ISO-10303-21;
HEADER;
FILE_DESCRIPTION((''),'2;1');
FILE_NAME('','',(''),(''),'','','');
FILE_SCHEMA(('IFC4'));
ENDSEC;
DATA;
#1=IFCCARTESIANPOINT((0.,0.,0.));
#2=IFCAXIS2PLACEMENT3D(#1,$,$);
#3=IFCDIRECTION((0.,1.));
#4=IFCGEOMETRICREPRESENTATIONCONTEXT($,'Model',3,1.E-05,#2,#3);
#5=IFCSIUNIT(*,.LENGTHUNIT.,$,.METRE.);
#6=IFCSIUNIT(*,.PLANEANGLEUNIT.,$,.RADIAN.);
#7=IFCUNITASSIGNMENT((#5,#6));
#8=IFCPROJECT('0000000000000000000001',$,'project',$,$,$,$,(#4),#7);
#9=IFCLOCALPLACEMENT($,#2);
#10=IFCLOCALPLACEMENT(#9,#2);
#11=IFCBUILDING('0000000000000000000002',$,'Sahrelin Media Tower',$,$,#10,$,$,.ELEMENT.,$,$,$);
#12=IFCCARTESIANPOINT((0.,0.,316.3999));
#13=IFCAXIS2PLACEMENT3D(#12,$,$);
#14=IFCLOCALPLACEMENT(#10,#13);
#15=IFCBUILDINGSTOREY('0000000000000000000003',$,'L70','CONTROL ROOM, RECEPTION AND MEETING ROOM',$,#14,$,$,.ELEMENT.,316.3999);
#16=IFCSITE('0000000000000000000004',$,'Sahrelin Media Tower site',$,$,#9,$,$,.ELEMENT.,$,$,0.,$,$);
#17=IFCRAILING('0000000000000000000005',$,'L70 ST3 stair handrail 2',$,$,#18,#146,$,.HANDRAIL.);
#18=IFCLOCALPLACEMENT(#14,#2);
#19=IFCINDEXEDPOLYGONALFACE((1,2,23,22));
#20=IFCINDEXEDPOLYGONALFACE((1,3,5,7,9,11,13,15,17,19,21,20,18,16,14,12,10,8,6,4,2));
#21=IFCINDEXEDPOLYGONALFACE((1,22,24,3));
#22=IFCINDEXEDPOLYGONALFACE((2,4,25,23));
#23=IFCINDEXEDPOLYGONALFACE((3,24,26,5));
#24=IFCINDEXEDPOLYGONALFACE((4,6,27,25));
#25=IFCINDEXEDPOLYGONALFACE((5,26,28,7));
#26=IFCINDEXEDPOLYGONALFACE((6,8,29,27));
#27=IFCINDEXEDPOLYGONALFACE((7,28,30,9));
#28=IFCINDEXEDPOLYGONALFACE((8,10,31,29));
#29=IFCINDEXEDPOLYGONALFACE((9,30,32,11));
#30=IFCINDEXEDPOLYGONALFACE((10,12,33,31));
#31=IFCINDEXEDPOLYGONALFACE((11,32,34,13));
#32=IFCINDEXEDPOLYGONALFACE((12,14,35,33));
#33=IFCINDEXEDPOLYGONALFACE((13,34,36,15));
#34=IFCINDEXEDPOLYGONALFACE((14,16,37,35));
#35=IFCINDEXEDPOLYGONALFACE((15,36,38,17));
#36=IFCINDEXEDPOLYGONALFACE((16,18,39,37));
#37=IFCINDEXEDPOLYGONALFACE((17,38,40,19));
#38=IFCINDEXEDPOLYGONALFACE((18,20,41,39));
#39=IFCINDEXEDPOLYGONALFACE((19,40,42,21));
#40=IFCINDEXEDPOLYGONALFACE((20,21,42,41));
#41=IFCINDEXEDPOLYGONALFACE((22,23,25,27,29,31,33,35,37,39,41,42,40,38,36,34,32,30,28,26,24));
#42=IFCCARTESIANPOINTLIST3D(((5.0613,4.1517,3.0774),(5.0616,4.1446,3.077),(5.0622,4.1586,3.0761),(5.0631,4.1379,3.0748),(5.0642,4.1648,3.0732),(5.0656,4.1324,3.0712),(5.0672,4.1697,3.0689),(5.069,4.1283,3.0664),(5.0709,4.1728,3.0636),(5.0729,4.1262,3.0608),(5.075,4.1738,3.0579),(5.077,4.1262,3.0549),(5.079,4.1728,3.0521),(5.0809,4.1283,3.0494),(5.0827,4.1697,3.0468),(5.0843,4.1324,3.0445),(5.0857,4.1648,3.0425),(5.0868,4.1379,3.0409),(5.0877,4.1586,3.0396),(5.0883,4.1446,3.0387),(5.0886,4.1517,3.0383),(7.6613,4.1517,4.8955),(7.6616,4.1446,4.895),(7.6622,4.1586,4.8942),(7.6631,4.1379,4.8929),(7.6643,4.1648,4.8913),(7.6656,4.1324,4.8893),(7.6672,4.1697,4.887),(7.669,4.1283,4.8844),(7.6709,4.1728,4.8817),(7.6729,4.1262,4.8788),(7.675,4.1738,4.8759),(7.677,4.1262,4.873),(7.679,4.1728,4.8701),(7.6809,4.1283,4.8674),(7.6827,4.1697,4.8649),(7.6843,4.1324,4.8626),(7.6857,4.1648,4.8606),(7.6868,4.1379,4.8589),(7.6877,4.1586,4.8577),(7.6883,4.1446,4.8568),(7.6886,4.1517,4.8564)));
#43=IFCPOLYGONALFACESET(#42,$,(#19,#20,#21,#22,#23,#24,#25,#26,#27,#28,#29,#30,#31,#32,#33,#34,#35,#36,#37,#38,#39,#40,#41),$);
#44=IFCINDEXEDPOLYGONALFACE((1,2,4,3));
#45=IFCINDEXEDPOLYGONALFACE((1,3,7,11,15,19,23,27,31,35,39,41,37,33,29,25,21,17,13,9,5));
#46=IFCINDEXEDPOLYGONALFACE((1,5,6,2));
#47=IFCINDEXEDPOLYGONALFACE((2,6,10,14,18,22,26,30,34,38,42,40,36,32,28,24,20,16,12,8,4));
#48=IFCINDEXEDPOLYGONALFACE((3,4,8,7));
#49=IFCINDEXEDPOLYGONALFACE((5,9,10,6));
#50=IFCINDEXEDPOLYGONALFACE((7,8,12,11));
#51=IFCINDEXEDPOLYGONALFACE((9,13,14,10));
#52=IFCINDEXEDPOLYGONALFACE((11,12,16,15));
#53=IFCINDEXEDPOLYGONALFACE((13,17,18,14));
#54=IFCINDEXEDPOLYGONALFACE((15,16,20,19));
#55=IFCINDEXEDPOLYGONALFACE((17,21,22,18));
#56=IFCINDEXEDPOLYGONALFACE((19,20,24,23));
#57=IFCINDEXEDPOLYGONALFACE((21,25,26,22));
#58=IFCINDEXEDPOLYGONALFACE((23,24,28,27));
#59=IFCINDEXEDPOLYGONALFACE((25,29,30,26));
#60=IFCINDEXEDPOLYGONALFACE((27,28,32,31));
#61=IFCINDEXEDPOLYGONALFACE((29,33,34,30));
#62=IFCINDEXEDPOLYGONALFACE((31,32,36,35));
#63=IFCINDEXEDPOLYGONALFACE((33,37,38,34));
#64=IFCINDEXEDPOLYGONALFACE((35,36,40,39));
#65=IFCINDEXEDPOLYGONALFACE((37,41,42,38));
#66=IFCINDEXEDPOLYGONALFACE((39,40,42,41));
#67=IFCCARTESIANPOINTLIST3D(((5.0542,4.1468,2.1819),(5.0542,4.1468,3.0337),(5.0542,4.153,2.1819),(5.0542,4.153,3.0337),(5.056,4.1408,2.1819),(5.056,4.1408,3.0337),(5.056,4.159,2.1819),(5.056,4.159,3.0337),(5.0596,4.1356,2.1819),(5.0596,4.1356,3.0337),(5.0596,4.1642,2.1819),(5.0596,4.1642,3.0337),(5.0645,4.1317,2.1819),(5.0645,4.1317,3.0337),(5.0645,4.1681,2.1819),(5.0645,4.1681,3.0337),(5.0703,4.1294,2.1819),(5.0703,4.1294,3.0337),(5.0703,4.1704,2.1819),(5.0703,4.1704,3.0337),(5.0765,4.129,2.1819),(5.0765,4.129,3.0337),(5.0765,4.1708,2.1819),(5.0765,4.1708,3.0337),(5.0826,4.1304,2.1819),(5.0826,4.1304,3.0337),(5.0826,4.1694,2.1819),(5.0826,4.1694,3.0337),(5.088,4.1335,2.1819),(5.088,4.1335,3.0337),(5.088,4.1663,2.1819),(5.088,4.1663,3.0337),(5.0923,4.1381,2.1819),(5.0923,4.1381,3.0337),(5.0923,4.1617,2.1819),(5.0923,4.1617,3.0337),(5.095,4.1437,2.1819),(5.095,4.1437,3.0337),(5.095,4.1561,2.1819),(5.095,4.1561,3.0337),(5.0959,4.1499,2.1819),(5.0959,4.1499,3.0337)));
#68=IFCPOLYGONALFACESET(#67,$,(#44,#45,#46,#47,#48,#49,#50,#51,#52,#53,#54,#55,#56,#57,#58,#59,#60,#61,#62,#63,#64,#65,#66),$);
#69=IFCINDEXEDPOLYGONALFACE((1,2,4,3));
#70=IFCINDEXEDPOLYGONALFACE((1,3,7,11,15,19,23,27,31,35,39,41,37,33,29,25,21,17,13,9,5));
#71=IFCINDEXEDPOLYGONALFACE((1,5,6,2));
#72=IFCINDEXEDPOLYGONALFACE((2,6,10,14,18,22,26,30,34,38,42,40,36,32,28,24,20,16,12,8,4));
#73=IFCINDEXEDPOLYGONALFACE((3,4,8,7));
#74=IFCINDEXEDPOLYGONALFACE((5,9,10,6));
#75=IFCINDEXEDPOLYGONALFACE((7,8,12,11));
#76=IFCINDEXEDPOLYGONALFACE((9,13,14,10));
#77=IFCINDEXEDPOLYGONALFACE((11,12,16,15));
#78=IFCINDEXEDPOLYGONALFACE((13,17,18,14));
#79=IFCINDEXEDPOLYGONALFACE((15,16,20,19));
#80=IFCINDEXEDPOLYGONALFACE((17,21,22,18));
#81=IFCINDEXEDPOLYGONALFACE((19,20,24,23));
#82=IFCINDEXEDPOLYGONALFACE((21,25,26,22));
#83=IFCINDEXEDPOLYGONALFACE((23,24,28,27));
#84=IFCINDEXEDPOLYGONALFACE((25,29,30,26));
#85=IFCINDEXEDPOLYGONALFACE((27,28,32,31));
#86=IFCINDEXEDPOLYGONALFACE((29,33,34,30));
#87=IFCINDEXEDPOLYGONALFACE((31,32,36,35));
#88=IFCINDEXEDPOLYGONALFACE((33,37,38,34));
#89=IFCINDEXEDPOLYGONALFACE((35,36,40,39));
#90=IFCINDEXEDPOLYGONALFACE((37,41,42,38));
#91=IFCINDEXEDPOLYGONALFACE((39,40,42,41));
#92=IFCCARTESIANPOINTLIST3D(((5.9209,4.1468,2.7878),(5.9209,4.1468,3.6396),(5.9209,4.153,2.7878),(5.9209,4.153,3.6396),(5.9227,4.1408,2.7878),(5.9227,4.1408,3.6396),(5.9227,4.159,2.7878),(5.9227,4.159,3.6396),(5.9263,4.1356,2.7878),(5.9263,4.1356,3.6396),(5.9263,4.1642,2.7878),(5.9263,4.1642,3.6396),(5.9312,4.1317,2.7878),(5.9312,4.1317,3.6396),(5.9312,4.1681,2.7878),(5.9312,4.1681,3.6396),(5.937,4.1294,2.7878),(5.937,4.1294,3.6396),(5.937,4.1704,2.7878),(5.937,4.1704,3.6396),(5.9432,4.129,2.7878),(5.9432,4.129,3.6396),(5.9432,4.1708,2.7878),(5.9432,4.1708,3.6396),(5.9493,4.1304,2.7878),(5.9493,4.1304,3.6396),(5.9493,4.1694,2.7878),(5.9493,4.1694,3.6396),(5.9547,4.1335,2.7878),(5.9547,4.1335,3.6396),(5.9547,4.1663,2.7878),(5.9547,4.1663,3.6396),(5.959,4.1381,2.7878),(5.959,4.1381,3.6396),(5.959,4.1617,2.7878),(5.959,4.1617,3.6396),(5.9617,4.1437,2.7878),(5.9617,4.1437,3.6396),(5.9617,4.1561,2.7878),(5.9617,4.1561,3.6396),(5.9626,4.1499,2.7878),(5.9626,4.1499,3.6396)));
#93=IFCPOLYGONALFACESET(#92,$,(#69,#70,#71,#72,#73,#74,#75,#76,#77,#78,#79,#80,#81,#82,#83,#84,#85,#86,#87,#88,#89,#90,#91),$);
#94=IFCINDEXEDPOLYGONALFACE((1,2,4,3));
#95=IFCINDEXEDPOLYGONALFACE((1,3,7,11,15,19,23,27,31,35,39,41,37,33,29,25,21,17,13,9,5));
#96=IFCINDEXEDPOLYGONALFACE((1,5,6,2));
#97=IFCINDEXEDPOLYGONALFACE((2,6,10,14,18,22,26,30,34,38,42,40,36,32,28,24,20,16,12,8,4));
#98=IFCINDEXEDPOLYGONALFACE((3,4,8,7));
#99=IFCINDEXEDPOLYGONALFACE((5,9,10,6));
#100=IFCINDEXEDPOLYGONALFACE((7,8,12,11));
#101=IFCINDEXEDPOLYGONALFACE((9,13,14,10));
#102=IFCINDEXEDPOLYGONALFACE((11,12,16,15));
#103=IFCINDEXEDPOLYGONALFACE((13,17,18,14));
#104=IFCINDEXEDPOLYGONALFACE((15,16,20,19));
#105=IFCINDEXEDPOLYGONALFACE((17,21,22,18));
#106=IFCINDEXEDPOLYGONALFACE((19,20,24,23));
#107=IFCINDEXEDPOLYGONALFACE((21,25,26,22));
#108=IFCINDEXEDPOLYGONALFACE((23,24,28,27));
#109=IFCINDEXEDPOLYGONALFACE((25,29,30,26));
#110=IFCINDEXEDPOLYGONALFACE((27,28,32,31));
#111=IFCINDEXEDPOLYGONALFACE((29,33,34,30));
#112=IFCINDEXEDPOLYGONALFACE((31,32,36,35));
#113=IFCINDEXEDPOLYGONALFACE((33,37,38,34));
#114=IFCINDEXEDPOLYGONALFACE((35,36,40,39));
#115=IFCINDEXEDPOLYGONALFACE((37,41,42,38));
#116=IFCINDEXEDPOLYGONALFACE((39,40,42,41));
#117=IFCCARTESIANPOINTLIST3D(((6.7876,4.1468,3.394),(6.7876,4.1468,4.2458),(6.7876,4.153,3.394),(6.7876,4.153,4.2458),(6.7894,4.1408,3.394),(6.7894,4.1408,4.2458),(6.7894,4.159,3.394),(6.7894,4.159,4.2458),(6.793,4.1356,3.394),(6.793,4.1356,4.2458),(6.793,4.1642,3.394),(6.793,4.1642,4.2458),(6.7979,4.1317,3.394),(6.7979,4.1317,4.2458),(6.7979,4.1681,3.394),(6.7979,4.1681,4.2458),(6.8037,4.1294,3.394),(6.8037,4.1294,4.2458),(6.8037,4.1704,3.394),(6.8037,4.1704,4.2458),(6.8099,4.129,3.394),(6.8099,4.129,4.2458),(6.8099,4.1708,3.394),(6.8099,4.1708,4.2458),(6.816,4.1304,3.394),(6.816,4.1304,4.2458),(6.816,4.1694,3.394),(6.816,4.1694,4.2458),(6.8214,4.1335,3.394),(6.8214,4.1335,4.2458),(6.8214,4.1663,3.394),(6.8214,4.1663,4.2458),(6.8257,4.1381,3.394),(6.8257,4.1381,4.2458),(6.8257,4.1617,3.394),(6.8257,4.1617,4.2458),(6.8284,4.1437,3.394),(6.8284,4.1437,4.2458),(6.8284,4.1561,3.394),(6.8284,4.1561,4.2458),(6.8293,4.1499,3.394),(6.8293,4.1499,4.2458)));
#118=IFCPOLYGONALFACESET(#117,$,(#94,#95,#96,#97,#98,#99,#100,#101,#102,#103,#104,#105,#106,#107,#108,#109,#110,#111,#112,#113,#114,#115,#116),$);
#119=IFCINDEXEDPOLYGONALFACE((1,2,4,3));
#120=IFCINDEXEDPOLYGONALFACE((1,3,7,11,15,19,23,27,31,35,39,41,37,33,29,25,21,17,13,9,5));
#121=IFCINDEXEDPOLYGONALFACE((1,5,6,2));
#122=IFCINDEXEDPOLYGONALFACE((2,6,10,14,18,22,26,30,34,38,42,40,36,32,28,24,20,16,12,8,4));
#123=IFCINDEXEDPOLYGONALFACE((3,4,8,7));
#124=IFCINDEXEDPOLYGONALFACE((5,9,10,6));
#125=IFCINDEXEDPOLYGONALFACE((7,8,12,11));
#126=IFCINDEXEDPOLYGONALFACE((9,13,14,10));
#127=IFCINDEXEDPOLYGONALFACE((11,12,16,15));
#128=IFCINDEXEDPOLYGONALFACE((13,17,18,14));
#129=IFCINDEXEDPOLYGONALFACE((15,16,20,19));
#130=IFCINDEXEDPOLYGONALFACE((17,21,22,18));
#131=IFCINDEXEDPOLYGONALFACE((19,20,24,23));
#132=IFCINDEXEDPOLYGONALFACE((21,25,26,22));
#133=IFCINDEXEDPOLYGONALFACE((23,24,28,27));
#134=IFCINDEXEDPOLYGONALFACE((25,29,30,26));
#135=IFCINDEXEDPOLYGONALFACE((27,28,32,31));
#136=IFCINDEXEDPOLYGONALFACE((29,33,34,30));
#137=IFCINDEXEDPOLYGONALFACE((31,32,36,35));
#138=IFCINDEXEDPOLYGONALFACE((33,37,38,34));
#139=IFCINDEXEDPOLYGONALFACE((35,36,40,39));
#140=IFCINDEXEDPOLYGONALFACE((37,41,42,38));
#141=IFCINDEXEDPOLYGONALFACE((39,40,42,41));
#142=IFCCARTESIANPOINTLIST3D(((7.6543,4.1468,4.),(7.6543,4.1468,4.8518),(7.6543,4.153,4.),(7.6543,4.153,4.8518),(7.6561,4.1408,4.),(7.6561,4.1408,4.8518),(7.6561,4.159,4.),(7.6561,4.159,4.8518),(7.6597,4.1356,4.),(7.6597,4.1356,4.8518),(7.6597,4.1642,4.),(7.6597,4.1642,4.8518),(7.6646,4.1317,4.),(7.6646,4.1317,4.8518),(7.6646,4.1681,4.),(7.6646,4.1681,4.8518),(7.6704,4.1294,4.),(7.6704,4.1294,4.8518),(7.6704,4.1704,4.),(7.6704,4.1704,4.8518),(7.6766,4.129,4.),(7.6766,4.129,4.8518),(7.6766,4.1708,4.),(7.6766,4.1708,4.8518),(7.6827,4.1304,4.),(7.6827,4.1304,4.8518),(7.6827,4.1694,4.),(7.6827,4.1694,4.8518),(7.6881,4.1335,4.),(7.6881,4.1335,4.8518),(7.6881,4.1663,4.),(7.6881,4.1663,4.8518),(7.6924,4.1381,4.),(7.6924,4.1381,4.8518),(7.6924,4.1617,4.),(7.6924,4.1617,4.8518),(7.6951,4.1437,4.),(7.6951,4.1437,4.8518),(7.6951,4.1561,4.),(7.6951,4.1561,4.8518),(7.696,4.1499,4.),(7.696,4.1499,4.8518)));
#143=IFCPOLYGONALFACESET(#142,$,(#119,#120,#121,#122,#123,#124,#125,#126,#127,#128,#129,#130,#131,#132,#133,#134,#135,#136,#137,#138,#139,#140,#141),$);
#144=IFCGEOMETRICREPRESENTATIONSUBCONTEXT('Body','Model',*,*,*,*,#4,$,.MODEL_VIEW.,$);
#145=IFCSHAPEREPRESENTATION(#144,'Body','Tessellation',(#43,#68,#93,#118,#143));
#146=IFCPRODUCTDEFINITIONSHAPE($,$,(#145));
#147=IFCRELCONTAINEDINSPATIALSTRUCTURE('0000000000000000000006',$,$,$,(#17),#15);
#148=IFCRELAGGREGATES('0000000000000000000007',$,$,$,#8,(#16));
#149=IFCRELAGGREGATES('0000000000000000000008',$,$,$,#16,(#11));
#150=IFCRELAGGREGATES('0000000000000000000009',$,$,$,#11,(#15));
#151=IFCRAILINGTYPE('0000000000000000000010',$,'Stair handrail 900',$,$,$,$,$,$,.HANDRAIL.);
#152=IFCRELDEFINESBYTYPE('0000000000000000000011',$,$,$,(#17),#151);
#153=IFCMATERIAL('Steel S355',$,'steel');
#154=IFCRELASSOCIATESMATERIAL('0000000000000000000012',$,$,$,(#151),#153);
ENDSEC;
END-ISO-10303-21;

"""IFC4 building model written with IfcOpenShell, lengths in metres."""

from ifc_helpers import new_model, si_unit, direction, frame, origin, origin_2d, place, context, subcontext, project, spatial, circle, extrude, material, type_object, element, save


model = new_model("IFC4")

# Units and contexts
model_context = context("Model", 3, precision=1e-05, world=origin(), true_north=direction((0.0, 1.0)))
body_context = subcontext(model_context, "Body", "Model", "MODEL_VIEW")
ifc_project = project(units=[si_unit("LENGTHUNIT", "METRE"), si_unit("PLANEANGLEUNIT", "RADIAN")], contexts=[model_context])

# Site, building, storey
site_placement = place(None, origin())
site = spatial("IfcSite", under=ifc_project, at=site_placement, Name="Sahrelin Media Tower site", CompositionType="ELEMENT", RefElevation=0.0)
building_placement = place(site_placement, origin())
building = spatial("IfcBuilding", under=site, at=building_placement, Name="Sahrelin Media Tower", CompositionType="ELEMENT")
storey_placement = place(building_placement, frame((0.0, 0.0, 316.3999)))
storey = spatial("IfcBuildingStorey", under=building, at=storey_placement, Name="L70", Description="CONTROL ROOM, RECEPTION AND MEETING ROOM", CompositionType="ELEMENT", Elevation=316.3999)

# Shared definitions
ifc_material_1 = material(Name="Steel S355", Category="steel")

# Railing
railing_type_1 = type_object("IfcRailingType", Name="Stair handrail 900", PredefinedType="HANDRAIL", material=ifc_material_1)
railing_1_placement = place(storey_placement, frame((5.075, 4.1499, 2.1819)))
element("IfcRailing", 1, at=railing_1_placement, inside=storey, type_object=railing_type_1, Name="L70 ST3 stair handrail 2", PredefinedType="HANDRAIL", context=body_context, shape_type="SweptSolid", body=[
    extrude(circle(Radius=0.0239, at=origin_2d()), frame((0.0, 0.0, 0.876), z_axis=(0.819521, 0.0, 0.573049), x_axis=(0.0, 1.0, 0.0)), (0.0, 0.0, 1.0), 3.1726),
    extrude(circle(Radius=0.021, at=origin_2d()), origin(), (0.0, 0.0, 1.0), 0.8518),
    extrude(circle(Radius=0.021, at=origin_2d()), frame((0.8667, 0.0, 0.606)), (0.0, 0.0, 1.0), 0.8518),
    extrude(circle(Radius=0.021, at=origin_2d()), frame((1.7334, 0.0, 1.2122)), (0.0, 0.0, 1.0), 0.8518),
    extrude(circle(Radius=0.021, at=origin_2d()), frame((2.6001, 0.0, 1.8181)), (0.0, 0.0, 1.0), 0.8518),
])

save(model, "model.ifc")
